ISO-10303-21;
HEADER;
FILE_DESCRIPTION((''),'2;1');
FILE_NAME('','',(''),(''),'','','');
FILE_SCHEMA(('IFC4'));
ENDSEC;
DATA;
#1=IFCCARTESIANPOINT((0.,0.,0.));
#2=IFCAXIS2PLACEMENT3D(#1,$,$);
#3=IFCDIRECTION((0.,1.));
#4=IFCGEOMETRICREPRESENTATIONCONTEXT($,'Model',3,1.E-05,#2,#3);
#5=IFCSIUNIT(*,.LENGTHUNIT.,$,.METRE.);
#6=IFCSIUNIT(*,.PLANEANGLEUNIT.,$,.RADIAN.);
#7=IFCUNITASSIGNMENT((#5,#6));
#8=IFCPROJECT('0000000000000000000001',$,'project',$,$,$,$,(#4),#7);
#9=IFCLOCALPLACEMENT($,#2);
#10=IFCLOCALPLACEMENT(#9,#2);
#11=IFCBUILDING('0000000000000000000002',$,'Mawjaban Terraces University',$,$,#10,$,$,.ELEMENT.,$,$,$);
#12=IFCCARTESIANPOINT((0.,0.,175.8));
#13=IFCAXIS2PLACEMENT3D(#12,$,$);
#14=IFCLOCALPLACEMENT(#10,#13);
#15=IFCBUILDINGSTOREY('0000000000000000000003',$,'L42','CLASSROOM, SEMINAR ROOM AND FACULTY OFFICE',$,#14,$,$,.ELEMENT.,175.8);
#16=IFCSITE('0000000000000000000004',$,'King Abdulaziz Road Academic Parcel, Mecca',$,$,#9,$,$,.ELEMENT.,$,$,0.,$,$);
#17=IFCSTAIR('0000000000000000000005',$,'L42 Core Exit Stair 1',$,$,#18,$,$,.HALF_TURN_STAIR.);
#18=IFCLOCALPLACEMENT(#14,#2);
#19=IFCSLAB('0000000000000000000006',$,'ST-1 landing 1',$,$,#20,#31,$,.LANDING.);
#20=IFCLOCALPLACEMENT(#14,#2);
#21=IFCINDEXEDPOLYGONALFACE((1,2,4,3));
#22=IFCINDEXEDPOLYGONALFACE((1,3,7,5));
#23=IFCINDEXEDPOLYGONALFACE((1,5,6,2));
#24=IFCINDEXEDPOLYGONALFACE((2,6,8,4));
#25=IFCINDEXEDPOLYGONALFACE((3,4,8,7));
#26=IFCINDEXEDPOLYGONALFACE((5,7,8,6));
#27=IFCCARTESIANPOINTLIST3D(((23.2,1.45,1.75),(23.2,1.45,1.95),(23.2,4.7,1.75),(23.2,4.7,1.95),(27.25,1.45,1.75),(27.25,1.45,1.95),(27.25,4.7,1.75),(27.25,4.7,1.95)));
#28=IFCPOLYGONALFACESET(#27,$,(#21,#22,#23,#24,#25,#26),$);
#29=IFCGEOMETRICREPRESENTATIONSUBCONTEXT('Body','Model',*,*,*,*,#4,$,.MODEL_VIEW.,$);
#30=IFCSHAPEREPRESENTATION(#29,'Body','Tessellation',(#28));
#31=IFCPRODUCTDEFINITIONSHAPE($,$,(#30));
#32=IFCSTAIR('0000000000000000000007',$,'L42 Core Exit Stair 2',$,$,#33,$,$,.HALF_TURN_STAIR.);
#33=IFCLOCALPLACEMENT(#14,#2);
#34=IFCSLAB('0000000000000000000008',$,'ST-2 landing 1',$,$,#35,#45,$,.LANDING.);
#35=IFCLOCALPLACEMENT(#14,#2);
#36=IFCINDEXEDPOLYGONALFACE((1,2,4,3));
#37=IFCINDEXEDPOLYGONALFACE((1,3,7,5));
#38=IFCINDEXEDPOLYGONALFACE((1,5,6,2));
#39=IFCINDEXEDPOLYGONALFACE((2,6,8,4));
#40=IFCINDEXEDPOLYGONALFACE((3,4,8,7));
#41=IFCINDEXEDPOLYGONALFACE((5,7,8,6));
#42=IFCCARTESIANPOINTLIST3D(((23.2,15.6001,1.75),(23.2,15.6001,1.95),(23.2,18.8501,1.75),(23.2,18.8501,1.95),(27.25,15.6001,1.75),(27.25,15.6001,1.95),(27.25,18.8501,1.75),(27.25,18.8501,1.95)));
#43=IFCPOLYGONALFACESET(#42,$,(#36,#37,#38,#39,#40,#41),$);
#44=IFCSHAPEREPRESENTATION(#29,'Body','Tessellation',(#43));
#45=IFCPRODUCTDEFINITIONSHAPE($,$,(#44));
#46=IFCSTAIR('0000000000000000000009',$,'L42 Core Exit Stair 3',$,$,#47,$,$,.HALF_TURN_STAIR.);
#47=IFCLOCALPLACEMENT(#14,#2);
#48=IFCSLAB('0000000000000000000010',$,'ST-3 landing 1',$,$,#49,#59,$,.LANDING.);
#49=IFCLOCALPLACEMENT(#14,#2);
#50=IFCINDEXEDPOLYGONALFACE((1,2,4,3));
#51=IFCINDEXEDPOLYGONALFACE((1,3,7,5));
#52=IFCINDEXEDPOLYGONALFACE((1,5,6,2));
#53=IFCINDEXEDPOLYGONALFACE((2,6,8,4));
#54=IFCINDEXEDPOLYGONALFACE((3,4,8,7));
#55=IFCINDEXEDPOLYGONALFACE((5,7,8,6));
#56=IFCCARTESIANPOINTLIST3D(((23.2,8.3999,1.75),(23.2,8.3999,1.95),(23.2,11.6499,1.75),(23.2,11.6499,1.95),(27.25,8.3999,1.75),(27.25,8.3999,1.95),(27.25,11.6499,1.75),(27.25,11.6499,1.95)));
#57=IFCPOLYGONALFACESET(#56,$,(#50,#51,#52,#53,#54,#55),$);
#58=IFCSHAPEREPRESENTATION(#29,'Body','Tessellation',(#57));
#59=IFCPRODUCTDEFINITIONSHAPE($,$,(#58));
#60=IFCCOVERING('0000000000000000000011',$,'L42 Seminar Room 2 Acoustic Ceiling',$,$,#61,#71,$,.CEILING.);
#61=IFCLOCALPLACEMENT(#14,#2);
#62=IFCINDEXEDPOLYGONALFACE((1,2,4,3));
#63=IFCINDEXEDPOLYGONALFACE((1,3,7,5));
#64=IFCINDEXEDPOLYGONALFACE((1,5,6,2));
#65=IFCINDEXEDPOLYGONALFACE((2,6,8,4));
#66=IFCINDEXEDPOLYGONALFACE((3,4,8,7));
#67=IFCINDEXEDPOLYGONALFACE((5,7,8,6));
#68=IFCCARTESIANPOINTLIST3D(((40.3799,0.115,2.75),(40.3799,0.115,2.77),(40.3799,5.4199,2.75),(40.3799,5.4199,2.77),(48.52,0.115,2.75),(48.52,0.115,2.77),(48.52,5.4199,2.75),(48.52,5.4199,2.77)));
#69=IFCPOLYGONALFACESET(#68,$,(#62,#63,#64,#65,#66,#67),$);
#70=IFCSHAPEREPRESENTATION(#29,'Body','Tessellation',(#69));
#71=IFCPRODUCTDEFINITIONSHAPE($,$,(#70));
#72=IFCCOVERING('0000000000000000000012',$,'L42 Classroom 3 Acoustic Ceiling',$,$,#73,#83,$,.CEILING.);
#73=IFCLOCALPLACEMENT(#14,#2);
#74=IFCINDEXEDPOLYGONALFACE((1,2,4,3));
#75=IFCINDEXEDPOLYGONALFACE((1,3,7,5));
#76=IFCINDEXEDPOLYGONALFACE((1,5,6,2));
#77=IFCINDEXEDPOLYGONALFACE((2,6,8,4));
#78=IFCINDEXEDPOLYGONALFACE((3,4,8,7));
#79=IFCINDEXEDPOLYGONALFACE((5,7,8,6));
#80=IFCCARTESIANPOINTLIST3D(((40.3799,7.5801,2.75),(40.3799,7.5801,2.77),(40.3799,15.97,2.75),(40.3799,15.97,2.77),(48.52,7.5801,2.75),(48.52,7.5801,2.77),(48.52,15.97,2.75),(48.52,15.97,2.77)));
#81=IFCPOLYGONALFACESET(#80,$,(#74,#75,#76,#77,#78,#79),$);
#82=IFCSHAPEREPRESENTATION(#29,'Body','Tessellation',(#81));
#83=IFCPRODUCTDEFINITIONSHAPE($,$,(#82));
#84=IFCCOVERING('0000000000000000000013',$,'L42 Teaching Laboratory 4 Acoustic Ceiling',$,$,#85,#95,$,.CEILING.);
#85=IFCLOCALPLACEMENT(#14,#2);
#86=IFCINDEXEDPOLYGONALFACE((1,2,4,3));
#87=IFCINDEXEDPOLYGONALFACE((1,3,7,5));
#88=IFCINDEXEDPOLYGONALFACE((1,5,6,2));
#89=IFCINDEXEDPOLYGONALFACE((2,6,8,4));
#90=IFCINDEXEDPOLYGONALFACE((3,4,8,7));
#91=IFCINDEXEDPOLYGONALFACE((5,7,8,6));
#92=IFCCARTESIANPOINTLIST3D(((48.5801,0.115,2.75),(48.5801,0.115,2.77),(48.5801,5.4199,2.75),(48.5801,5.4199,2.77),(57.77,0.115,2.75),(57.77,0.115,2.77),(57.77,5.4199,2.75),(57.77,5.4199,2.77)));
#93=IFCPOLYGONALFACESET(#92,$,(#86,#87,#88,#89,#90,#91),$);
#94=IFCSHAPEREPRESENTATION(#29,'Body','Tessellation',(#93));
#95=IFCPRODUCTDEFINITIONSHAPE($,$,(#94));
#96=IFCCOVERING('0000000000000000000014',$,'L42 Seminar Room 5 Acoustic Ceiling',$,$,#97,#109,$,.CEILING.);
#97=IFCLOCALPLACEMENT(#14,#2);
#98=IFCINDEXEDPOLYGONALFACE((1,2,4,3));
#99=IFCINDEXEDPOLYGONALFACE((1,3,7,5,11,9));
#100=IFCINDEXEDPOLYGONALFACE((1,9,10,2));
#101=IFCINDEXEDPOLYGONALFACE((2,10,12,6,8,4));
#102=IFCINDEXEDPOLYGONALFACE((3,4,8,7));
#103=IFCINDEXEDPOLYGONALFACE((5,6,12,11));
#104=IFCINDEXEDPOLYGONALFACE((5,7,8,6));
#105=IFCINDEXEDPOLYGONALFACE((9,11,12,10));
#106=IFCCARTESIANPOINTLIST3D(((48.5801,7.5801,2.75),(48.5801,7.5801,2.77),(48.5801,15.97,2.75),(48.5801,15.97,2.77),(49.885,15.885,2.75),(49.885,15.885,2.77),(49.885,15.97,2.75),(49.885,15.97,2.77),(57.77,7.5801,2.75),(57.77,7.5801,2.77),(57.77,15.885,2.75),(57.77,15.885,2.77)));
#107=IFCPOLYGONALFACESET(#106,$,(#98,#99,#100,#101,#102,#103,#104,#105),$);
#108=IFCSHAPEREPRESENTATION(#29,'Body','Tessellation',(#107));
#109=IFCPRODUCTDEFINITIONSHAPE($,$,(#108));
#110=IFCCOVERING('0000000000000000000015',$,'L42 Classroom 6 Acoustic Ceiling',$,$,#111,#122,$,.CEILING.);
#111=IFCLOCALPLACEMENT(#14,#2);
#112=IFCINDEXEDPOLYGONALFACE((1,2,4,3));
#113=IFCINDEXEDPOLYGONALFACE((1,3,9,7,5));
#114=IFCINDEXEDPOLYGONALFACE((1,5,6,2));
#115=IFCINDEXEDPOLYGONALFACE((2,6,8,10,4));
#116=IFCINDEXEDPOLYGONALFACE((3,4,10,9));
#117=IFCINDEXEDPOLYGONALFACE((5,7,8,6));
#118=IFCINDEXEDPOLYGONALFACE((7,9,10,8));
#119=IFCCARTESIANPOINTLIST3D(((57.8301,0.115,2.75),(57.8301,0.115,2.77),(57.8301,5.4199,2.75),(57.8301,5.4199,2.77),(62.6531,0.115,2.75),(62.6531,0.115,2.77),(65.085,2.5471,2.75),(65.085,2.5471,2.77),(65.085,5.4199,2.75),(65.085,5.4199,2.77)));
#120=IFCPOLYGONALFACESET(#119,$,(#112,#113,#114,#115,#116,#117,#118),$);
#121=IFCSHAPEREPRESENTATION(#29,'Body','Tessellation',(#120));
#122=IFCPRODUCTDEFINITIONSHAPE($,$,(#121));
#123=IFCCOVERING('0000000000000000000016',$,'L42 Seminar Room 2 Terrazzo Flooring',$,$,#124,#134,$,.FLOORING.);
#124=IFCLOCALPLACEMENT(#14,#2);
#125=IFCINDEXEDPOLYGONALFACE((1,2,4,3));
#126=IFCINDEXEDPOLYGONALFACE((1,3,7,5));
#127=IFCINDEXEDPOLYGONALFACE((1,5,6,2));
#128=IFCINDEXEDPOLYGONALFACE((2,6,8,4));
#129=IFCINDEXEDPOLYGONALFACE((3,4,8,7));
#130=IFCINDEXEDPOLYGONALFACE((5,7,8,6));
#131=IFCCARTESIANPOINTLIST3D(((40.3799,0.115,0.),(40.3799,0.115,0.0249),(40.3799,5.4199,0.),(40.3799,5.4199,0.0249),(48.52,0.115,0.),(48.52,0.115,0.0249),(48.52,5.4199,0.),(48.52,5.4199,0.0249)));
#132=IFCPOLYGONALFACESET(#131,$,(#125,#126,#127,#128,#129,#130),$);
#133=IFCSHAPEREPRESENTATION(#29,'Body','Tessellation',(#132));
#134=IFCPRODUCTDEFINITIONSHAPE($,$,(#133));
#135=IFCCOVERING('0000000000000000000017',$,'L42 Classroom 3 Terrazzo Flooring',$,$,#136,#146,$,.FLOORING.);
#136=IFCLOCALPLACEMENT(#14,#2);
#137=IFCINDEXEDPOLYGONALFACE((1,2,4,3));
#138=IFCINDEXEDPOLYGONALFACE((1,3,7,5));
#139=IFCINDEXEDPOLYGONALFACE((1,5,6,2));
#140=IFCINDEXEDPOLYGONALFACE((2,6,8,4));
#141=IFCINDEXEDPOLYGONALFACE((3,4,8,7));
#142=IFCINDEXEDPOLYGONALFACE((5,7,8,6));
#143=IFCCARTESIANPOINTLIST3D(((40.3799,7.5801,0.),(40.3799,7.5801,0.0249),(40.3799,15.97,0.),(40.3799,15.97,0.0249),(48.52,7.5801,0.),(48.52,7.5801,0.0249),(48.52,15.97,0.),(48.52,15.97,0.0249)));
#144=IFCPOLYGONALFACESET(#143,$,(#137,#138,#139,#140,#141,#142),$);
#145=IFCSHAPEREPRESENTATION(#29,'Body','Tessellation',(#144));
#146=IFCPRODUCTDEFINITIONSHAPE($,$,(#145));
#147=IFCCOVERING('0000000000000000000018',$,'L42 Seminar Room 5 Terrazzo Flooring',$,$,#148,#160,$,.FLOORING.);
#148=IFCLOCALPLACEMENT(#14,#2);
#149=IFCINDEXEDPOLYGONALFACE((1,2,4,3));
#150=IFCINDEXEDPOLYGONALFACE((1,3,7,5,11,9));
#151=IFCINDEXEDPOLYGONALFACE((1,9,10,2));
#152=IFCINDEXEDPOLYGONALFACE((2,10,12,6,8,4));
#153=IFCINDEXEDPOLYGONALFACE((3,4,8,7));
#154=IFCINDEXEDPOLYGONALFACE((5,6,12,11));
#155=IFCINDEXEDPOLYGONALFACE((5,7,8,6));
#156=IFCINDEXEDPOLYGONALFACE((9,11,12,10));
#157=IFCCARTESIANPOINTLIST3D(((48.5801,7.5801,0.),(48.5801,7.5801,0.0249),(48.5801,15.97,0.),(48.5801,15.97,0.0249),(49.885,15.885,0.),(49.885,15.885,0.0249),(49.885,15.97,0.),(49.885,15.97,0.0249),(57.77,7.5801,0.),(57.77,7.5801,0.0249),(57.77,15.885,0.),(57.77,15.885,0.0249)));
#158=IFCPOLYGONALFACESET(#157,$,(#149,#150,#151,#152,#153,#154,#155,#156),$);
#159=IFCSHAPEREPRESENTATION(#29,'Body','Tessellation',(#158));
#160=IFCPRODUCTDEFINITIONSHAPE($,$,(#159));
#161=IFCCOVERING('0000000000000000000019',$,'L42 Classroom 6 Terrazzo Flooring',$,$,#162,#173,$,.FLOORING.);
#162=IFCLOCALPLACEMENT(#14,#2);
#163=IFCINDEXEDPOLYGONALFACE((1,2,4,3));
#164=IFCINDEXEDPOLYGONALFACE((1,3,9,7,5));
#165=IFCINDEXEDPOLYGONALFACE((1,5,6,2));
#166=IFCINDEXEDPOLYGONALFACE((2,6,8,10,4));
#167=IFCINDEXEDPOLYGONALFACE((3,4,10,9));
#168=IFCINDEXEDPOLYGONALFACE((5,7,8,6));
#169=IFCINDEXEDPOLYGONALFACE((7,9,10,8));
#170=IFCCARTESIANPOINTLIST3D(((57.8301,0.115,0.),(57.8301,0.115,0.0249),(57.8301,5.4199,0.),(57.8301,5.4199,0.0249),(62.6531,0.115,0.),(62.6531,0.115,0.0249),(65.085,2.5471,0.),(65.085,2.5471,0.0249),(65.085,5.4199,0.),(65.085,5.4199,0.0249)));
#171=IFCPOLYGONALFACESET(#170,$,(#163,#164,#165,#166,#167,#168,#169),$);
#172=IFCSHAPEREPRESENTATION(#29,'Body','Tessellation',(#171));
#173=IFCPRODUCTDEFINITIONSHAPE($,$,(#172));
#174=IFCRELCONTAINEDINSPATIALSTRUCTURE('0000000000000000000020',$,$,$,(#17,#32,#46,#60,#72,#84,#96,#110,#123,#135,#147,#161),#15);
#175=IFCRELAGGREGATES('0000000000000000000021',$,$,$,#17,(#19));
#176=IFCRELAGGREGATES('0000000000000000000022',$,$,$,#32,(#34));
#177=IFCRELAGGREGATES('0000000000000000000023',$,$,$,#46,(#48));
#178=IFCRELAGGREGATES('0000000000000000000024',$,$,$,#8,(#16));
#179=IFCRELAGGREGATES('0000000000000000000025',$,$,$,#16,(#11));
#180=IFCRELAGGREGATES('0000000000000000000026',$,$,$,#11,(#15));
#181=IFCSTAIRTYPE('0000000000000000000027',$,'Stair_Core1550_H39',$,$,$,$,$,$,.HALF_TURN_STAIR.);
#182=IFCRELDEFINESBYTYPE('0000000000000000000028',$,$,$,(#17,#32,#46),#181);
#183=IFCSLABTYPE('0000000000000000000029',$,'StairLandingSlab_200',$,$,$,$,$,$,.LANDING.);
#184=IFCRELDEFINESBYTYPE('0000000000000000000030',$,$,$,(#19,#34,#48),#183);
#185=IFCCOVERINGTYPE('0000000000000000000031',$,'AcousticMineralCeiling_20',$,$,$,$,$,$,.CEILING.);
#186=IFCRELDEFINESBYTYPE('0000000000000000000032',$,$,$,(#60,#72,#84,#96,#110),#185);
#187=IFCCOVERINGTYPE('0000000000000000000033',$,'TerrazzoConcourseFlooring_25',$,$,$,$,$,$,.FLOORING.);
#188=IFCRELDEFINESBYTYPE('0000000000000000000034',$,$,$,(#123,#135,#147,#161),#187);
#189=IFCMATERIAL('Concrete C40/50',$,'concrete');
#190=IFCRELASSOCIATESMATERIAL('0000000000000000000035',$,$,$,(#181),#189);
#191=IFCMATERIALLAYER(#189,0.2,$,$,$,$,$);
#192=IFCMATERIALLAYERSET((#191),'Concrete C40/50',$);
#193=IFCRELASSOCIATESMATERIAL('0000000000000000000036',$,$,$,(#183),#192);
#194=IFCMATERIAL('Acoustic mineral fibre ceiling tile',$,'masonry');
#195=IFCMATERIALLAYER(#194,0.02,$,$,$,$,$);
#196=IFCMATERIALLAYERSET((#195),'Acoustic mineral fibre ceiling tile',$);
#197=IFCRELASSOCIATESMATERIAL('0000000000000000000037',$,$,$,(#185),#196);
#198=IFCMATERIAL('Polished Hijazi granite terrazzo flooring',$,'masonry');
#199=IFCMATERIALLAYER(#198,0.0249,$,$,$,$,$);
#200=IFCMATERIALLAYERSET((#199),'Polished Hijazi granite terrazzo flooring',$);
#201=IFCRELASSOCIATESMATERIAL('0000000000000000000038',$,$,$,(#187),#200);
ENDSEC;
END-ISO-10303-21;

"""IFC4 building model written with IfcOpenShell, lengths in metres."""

from ifc_helpers import new_model, si_unit, direction, frame, origin, place, context, subcontext, project, spatial, polyline, outline, extrude, material, layer, layer_set, type_object, element, aggregate, save


model = new_model("IFC4")

# Units and contexts
model_context = context("Model", 3, precision=1e-05, world=origin(), true_north=direction((0.0, 1.0)))
body_context = subcontext(model_context, "Body", "Model", "MODEL_VIEW")
ifc_project = project(units=[si_unit("LENGTHUNIT", "METRE"), si_unit("PLANEANGLEUNIT", "RADIAN")], contexts=[model_context])

# Site, building, storey
site_placement = place(None, origin())
site = spatial("IfcSite", under=ifc_project, at=site_placement, Name="King Abdulaziz Road Academic Parcel, Mecca", CompositionType="ELEMENT", RefElevation=0.0)
building_placement = place(site_placement, origin())
building = spatial("IfcBuilding", under=site, at=building_placement, Name="Mawjaban Terraces University", CompositionType="ELEMENT")
storey_placement = place(building_placement, frame((0.0, 0.0, 175.8)))
storey = spatial("IfcBuildingStorey", under=building, at=storey_placement, Name="L42", Description="CLASSROOM, SEMINAR ROOM AND FACULTY OFFICE", CompositionType="ELEMENT", Elevation=175.8)

# Shared definitions
ifc_material_1 = material(Name="Concrete C40/50", Category="concrete")

# Stairs, slabs
stair_type = type_object("IfcStairType", Name="Stair_Core1550_H39", PredefinedType="HALF_TURN_STAIR", material=ifc_material_1)
stair_1_placement = place(storey_placement, origin())
stair_1 = element("IfcStair", 1, at=stair_1_placement, inside=storey, type_object=stair_type, Name="L42 Core Exit Stair 1", PredefinedType="HALF_TURN_STAIR")
ifc_layer_1 = layer(ifc_material_1, 0.2)
ifc_layer_set_1 = layer_set([ifc_layer_1], Name="Concrete C40/50")
slab_type_1 = type_object("IfcSlabType", Name="StairLandingSlab_200", PredefinedType="LANDING", material=ifc_layer_set_1)
slab_1_placement = place(storey_placement, frame((0.0, 0.0, 1.75)))
slab_1 = element("IfcSlab", 2, at=slab_1_placement, type_object=slab_type_1, Name="ST-1 landing 1", PredefinedType="LANDING", context=body_context, shape_type="SweptSolid", body=[
    extrude(outline(polyline([(27.25, 4.7), (23.2, 4.7), (23.2, 1.45), (27.25, 1.45), (27.25, 4.7)])), origin(), (0.0, 0.0, 1.0), 0.2),
])
aggregate(stair_1, [slab_1])
stair_2_placement = place(storey_placement, origin())
stair_2 = element("IfcStair", 3, at=stair_2_placement, inside=storey, type_object=stair_type, Name="L42 Core Exit Stair 2", PredefinedType="HALF_TURN_STAIR")
slab_2_placement = place(storey_placement, frame((0.0, 0.0, 1.75)))
slab_2 = element("IfcSlab", 4, at=slab_2_placement, type_object=slab_type_1, Name="ST-2 landing 1", PredefinedType="LANDING", context=body_context, shape_type="SweptSolid", body=[
    extrude(outline(polyline([(27.25, 18.8501), (23.2, 18.8501), (23.2, 15.6001), (27.25, 15.6001), (27.25, 18.8501)])), origin(), (0.0, 0.0, 1.0), 0.2),
])
aggregate(stair_2, [slab_2])
stair_3_placement = place(storey_placement, origin())
stair_3 = element("IfcStair", 5, at=stair_3_placement, inside=storey, type_object=stair_type, Name="L42 Core Exit Stair 3", PredefinedType="HALF_TURN_STAIR")
slab_3_placement = place(storey_placement, frame((0.0, 0.0, 1.75)))
slab_3 = element("IfcSlab", 6, at=slab_3_placement, type_object=slab_type_1, Name="ST-3 landing 1", PredefinedType="LANDING", context=body_context, shape_type="SweptSolid", body=[
    extrude(outline(polyline([(27.25, 11.6499), (23.2, 11.6499), (23.2, 8.3999), (27.25, 8.3999), (27.25, 11.6499)])), origin(), (0.0, 0.0, 1.0), 0.2),
])
aggregate(stair_3, [slab_3])

# Coverings
ifc_material_2 = material(Name="Acoustic mineral fibre ceiling tile", Category="masonry")
ifc_layer_2 = layer(ifc_material_2, 0.02)
ifc_layer_set_2 = layer_set([ifc_layer_2], Name="Acoustic mineral fibre ceiling tile")
covering_type_1 = type_object("IfcCoveringType", Name="AcousticMineralCeiling_20", PredefinedType="CEILING", material=ifc_layer_set_2)
covering_1_placement = place(storey_placement, frame((0.0, 0.0, 2.75)))
element("IfcCovering", 7, at=covering_1_placement, inside=storey, type_object=covering_type_1, Name="L42 Seminar Room 2 Acoustic Ceiling", PredefinedType="CEILING", context=body_context, shape_type="SweptSolid", body=[
    extrude(outline(polyline([(40.3799, 0.115), (48.52, 0.115), (48.52, 5.4199), (40.3799, 5.4199), (40.3799, 0.115)])), origin(), (0.0, 0.0, 1.0), 0.02),
])
covering_2_placement = place(storey_placement, frame((0.0, 0.0, 2.75)))
element("IfcCovering", 8, at=covering_2_placement, inside=storey, type_object=covering_type_1, Name="L42 Classroom 3 Acoustic Ceiling", PredefinedType="CEILING", context=body_context, shape_type="SweptSolid", body=[
    extrude(outline(polyline([(48.52, 7.5801), (48.52, 15.97), (40.3799, 15.97), (40.3799, 7.5801), (48.52, 7.5801)])), origin(), (0.0, 0.0, 1.0), 0.02),
])
covering_3_placement = place(storey_placement, frame((0.0, 0.0, 2.75)))
element("IfcCovering", 9, at=covering_3_placement, inside=storey, type_object=covering_type_1, Name="L42 Teaching Laboratory 4 Acoustic Ceiling", PredefinedType="CEILING", context=body_context, shape_type="SweptSolid", body=[
    extrude(outline(polyline([(48.5801, 0.115), (57.77, 0.115), (57.77, 5.4199), (48.5801, 5.4199), (48.5801, 0.115)])), origin(), (0.0, 0.0, 1.0), 0.02),
])
covering_4_placement = place(storey_placement, frame((0.0, 0.0, 2.75)))
element("IfcCovering", 10, at=covering_4_placement, inside=storey, type_object=covering_type_1, Name="L42 Seminar Room 5 Acoustic Ceiling", PredefinedType="CEILING", context=body_context, shape_type="SweptSolid", body=[
    extrude(outline(polyline([(57.77, 15.885), (49.885, 15.885), (49.885, 15.97), (48.5801, 15.97), (48.5801, 7.5801), (57.77, 7.5801), (57.77, 15.885)])), origin(), (0.0, 0.0, 1.0), 0.02),
])
covering_5_placement = place(storey_placement, frame((0.0, 0.0, 2.75)))
element("IfcCovering", 11, at=covering_5_placement, inside=storey, type_object=covering_type_1, Name="L42 Classroom 6 Acoustic Ceiling", PredefinedType="CEILING", context=body_context, shape_type="SweptSolid", body=[
    extrude(outline(polyline([(57.8301, 0.115), (62.6531, 0.115), (65.085, 2.5471), (65.085, 5.4199), (57.8301, 5.4199), (57.8301, 0.115)])), origin(), (0.0, 0.0, 1.0), 0.02),
])
ifc_material_3 = material(Name="Polished Hijazi granite terrazzo flooring", Category="masonry")
ifc_layer_3 = layer(ifc_material_3, 0.0249)
ifc_layer_set_3 = layer_set([ifc_layer_3], Name="Polished Hijazi granite terrazzo flooring")
covering_type_2 = type_object("IfcCoveringType", Name="TerrazzoConcourseFlooring_25", PredefinedType="FLOORING", material=ifc_layer_set_3)
covering_6_placement = place(storey_placement, origin())
element("IfcCovering", 12, at=covering_6_placement, inside=storey, type_object=covering_type_2, Name="L42 Seminar Room 2 Terrazzo Flooring", PredefinedType="FLOORING", context=body_context, shape_type="SweptSolid", body=[
    extrude(outline(polyline([(40.3799, 0.115), (48.52, 0.115), (48.52, 5.4199), (40.3799, 5.4199), (40.3799, 0.115)])), origin(), (0.0, 0.0, 1.0), 0.0249),
])
covering_7_placement = place(storey_placement, origin())
element("IfcCovering", 13, at=covering_7_placement, inside=storey, type_object=covering_type_2, Name="L42 Classroom 3 Terrazzo Flooring", PredefinedType="FLOORING", context=body_context, shape_type="SweptSolid", body=[
    extrude(outline(polyline([(48.52, 7.5801), (48.52, 15.97), (40.3799, 15.97), (40.3799, 7.5801), (48.52, 7.5801)])), origin(), (0.0, 0.0, 1.0), 0.0249),
])
covering_8_placement = place(storey_placement, origin())
element("IfcCovering", 14, at=covering_8_placement, inside=storey, type_object=covering_type_2, Name="L42 Seminar Room 5 Terrazzo Flooring", PredefinedType="FLOORING", context=body_context, shape_type="SweptSolid", body=[
    extrude(outline(polyline([(57.77, 15.885), (49.885, 15.885), (49.885, 15.97), (48.5801, 15.97), (48.5801, 7.5801), (57.77, 7.5801), (57.77, 15.885)])), origin(), (0.0, 0.0, 1.0), 0.0249),
])
covering_9_placement = place(storey_placement, origin())
element("IfcCovering", 15, at=covering_9_placement, inside=storey, type_object=covering_type_2, Name="L42 Classroom 6 Terrazzo Flooring", PredefinedType="FLOORING", context=body_context, shape_type="SweptSolid", body=[
    extrude(outline(polyline([(57.8301, 0.115), (62.6531, 0.115), (65.085, 2.5471), (65.085, 5.4199), (57.8301, 5.4199), (57.8301, 0.115)])), origin(), (0.0, 0.0, 1.0), 0.0249),
])

save(model, "model.ifc")
